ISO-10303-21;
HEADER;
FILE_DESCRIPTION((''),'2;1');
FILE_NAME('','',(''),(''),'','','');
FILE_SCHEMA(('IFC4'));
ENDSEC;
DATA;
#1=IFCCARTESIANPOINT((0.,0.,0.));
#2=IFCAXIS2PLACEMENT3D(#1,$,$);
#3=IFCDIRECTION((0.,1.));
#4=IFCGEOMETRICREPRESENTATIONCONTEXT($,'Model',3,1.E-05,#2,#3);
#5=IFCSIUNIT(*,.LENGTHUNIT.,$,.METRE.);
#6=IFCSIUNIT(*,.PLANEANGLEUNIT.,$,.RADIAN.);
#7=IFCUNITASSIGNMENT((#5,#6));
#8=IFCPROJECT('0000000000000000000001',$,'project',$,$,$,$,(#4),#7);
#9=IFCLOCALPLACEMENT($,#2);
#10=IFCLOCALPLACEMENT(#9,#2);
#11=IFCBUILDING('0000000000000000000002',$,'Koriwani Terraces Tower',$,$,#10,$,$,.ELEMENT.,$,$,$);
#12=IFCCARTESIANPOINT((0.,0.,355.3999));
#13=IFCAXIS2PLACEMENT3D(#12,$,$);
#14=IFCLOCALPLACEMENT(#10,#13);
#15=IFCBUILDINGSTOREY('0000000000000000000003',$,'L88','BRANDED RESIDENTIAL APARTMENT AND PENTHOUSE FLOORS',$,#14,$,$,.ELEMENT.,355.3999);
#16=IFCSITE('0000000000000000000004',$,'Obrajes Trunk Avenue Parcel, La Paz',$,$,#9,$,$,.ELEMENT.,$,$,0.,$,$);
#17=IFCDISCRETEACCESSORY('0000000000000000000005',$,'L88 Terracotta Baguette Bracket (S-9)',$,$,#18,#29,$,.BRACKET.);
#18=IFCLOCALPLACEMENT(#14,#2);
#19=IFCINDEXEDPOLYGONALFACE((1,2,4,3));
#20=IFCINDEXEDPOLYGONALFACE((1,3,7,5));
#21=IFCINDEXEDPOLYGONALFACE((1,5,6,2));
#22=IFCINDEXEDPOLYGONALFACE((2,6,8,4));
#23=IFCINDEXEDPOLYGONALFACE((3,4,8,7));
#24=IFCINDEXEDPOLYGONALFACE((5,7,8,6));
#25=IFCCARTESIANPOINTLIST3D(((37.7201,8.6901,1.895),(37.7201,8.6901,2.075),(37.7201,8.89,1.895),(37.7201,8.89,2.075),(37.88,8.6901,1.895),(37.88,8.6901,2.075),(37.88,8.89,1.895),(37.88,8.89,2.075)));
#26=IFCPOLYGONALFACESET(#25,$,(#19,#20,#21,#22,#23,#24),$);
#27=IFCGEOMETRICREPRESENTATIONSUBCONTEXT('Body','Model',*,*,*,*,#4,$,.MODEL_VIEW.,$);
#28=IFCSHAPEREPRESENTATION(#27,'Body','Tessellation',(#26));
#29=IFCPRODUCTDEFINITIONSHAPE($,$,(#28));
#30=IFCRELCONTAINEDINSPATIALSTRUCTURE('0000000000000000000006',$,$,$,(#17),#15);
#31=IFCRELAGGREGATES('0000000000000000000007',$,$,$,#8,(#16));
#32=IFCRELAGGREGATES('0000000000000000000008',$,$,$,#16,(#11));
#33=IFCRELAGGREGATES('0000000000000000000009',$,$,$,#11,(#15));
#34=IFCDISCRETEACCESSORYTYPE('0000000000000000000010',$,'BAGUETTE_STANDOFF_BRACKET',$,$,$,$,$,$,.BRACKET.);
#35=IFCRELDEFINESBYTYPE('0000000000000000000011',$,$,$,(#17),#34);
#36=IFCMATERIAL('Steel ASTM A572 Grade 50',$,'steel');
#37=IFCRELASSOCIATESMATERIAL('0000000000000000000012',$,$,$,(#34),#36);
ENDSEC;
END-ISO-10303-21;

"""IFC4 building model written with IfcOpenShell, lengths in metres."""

from ifc_helpers import new_model, si_unit, direction, frame, origin, origin_2d, place, context, subcontext, project, spatial, rectangle, extrude, material, type_object, element, save


model = new_model("IFC4")

# Units and contexts
model_context = context("Model", 3, precision=1e-05, world=origin(), true_north=direction((0.0, 1.0)))
body_context = subcontext(model_context, "Body", "Model", "MODEL_VIEW")
ifc_project = project(units=[si_unit("LENGTHUNIT", "METRE"), si_unit("PLANEANGLEUNIT", "RADIAN")], contexts=[model_context])

# Site, building, storey
site_placement = place(None, origin())
site = spatial("IfcSite", under=ifc_project, at=site_placement, Name="Obrajes Trunk Avenue Parcel, La Paz", CompositionType="ELEMENT", RefElevation=0.0)
building_placement = place(site_placement, origin())
building = spatial("IfcBuilding", under=site, at=building_placement, Name="Koriwani Terraces Tower", CompositionType="ELEMENT")
storey_placement = place(building_placement, frame((0.0, 0.0, 355.3999)))
storey = spatial("IfcBuildingStorey", under=building, at=storey_placement, Name="L88", Description="BRANDED RESIDENTIAL APARTMENT AND PENTHOUSE FLOORS", CompositionType="ELEMENT", Elevation=355.3999)

# Shared definitions
ifc_material_1 = material(Name="Steel ASTM A572 Grade 50", Category="steel")

# Discrete accessory
discrete_accessory_type = type_object("IfcDiscreteAccessoryType", Name="BAGUETTE_STANDOFF_BRACKET", PredefinedType="BRACKET", material=ifc_material_1)
discrete_accessory_placement = place(storey_placement, frame((37.8, 8.79, 1.895), z_axis=(0.0, 0.0, 1.0), x_axis=(-1.0, 0.0, 0.0)))
element("IfcDiscreteAccessory", 1, at=discrete_accessory_placement, inside=storey, type_object=discrete_accessory_type, Name="L88 Terracotta Baguette Bracket (S-9)", PredefinedType="BRACKET", context=body_context, shape_type="SweptSolid", body=[
    extrude(rectangle(XDim=0.1599, YDim=0.2, at=origin_2d()), origin(), (0.0, 0.0, 1.0), 0.1799),
])

save(model, "model.ifc")
